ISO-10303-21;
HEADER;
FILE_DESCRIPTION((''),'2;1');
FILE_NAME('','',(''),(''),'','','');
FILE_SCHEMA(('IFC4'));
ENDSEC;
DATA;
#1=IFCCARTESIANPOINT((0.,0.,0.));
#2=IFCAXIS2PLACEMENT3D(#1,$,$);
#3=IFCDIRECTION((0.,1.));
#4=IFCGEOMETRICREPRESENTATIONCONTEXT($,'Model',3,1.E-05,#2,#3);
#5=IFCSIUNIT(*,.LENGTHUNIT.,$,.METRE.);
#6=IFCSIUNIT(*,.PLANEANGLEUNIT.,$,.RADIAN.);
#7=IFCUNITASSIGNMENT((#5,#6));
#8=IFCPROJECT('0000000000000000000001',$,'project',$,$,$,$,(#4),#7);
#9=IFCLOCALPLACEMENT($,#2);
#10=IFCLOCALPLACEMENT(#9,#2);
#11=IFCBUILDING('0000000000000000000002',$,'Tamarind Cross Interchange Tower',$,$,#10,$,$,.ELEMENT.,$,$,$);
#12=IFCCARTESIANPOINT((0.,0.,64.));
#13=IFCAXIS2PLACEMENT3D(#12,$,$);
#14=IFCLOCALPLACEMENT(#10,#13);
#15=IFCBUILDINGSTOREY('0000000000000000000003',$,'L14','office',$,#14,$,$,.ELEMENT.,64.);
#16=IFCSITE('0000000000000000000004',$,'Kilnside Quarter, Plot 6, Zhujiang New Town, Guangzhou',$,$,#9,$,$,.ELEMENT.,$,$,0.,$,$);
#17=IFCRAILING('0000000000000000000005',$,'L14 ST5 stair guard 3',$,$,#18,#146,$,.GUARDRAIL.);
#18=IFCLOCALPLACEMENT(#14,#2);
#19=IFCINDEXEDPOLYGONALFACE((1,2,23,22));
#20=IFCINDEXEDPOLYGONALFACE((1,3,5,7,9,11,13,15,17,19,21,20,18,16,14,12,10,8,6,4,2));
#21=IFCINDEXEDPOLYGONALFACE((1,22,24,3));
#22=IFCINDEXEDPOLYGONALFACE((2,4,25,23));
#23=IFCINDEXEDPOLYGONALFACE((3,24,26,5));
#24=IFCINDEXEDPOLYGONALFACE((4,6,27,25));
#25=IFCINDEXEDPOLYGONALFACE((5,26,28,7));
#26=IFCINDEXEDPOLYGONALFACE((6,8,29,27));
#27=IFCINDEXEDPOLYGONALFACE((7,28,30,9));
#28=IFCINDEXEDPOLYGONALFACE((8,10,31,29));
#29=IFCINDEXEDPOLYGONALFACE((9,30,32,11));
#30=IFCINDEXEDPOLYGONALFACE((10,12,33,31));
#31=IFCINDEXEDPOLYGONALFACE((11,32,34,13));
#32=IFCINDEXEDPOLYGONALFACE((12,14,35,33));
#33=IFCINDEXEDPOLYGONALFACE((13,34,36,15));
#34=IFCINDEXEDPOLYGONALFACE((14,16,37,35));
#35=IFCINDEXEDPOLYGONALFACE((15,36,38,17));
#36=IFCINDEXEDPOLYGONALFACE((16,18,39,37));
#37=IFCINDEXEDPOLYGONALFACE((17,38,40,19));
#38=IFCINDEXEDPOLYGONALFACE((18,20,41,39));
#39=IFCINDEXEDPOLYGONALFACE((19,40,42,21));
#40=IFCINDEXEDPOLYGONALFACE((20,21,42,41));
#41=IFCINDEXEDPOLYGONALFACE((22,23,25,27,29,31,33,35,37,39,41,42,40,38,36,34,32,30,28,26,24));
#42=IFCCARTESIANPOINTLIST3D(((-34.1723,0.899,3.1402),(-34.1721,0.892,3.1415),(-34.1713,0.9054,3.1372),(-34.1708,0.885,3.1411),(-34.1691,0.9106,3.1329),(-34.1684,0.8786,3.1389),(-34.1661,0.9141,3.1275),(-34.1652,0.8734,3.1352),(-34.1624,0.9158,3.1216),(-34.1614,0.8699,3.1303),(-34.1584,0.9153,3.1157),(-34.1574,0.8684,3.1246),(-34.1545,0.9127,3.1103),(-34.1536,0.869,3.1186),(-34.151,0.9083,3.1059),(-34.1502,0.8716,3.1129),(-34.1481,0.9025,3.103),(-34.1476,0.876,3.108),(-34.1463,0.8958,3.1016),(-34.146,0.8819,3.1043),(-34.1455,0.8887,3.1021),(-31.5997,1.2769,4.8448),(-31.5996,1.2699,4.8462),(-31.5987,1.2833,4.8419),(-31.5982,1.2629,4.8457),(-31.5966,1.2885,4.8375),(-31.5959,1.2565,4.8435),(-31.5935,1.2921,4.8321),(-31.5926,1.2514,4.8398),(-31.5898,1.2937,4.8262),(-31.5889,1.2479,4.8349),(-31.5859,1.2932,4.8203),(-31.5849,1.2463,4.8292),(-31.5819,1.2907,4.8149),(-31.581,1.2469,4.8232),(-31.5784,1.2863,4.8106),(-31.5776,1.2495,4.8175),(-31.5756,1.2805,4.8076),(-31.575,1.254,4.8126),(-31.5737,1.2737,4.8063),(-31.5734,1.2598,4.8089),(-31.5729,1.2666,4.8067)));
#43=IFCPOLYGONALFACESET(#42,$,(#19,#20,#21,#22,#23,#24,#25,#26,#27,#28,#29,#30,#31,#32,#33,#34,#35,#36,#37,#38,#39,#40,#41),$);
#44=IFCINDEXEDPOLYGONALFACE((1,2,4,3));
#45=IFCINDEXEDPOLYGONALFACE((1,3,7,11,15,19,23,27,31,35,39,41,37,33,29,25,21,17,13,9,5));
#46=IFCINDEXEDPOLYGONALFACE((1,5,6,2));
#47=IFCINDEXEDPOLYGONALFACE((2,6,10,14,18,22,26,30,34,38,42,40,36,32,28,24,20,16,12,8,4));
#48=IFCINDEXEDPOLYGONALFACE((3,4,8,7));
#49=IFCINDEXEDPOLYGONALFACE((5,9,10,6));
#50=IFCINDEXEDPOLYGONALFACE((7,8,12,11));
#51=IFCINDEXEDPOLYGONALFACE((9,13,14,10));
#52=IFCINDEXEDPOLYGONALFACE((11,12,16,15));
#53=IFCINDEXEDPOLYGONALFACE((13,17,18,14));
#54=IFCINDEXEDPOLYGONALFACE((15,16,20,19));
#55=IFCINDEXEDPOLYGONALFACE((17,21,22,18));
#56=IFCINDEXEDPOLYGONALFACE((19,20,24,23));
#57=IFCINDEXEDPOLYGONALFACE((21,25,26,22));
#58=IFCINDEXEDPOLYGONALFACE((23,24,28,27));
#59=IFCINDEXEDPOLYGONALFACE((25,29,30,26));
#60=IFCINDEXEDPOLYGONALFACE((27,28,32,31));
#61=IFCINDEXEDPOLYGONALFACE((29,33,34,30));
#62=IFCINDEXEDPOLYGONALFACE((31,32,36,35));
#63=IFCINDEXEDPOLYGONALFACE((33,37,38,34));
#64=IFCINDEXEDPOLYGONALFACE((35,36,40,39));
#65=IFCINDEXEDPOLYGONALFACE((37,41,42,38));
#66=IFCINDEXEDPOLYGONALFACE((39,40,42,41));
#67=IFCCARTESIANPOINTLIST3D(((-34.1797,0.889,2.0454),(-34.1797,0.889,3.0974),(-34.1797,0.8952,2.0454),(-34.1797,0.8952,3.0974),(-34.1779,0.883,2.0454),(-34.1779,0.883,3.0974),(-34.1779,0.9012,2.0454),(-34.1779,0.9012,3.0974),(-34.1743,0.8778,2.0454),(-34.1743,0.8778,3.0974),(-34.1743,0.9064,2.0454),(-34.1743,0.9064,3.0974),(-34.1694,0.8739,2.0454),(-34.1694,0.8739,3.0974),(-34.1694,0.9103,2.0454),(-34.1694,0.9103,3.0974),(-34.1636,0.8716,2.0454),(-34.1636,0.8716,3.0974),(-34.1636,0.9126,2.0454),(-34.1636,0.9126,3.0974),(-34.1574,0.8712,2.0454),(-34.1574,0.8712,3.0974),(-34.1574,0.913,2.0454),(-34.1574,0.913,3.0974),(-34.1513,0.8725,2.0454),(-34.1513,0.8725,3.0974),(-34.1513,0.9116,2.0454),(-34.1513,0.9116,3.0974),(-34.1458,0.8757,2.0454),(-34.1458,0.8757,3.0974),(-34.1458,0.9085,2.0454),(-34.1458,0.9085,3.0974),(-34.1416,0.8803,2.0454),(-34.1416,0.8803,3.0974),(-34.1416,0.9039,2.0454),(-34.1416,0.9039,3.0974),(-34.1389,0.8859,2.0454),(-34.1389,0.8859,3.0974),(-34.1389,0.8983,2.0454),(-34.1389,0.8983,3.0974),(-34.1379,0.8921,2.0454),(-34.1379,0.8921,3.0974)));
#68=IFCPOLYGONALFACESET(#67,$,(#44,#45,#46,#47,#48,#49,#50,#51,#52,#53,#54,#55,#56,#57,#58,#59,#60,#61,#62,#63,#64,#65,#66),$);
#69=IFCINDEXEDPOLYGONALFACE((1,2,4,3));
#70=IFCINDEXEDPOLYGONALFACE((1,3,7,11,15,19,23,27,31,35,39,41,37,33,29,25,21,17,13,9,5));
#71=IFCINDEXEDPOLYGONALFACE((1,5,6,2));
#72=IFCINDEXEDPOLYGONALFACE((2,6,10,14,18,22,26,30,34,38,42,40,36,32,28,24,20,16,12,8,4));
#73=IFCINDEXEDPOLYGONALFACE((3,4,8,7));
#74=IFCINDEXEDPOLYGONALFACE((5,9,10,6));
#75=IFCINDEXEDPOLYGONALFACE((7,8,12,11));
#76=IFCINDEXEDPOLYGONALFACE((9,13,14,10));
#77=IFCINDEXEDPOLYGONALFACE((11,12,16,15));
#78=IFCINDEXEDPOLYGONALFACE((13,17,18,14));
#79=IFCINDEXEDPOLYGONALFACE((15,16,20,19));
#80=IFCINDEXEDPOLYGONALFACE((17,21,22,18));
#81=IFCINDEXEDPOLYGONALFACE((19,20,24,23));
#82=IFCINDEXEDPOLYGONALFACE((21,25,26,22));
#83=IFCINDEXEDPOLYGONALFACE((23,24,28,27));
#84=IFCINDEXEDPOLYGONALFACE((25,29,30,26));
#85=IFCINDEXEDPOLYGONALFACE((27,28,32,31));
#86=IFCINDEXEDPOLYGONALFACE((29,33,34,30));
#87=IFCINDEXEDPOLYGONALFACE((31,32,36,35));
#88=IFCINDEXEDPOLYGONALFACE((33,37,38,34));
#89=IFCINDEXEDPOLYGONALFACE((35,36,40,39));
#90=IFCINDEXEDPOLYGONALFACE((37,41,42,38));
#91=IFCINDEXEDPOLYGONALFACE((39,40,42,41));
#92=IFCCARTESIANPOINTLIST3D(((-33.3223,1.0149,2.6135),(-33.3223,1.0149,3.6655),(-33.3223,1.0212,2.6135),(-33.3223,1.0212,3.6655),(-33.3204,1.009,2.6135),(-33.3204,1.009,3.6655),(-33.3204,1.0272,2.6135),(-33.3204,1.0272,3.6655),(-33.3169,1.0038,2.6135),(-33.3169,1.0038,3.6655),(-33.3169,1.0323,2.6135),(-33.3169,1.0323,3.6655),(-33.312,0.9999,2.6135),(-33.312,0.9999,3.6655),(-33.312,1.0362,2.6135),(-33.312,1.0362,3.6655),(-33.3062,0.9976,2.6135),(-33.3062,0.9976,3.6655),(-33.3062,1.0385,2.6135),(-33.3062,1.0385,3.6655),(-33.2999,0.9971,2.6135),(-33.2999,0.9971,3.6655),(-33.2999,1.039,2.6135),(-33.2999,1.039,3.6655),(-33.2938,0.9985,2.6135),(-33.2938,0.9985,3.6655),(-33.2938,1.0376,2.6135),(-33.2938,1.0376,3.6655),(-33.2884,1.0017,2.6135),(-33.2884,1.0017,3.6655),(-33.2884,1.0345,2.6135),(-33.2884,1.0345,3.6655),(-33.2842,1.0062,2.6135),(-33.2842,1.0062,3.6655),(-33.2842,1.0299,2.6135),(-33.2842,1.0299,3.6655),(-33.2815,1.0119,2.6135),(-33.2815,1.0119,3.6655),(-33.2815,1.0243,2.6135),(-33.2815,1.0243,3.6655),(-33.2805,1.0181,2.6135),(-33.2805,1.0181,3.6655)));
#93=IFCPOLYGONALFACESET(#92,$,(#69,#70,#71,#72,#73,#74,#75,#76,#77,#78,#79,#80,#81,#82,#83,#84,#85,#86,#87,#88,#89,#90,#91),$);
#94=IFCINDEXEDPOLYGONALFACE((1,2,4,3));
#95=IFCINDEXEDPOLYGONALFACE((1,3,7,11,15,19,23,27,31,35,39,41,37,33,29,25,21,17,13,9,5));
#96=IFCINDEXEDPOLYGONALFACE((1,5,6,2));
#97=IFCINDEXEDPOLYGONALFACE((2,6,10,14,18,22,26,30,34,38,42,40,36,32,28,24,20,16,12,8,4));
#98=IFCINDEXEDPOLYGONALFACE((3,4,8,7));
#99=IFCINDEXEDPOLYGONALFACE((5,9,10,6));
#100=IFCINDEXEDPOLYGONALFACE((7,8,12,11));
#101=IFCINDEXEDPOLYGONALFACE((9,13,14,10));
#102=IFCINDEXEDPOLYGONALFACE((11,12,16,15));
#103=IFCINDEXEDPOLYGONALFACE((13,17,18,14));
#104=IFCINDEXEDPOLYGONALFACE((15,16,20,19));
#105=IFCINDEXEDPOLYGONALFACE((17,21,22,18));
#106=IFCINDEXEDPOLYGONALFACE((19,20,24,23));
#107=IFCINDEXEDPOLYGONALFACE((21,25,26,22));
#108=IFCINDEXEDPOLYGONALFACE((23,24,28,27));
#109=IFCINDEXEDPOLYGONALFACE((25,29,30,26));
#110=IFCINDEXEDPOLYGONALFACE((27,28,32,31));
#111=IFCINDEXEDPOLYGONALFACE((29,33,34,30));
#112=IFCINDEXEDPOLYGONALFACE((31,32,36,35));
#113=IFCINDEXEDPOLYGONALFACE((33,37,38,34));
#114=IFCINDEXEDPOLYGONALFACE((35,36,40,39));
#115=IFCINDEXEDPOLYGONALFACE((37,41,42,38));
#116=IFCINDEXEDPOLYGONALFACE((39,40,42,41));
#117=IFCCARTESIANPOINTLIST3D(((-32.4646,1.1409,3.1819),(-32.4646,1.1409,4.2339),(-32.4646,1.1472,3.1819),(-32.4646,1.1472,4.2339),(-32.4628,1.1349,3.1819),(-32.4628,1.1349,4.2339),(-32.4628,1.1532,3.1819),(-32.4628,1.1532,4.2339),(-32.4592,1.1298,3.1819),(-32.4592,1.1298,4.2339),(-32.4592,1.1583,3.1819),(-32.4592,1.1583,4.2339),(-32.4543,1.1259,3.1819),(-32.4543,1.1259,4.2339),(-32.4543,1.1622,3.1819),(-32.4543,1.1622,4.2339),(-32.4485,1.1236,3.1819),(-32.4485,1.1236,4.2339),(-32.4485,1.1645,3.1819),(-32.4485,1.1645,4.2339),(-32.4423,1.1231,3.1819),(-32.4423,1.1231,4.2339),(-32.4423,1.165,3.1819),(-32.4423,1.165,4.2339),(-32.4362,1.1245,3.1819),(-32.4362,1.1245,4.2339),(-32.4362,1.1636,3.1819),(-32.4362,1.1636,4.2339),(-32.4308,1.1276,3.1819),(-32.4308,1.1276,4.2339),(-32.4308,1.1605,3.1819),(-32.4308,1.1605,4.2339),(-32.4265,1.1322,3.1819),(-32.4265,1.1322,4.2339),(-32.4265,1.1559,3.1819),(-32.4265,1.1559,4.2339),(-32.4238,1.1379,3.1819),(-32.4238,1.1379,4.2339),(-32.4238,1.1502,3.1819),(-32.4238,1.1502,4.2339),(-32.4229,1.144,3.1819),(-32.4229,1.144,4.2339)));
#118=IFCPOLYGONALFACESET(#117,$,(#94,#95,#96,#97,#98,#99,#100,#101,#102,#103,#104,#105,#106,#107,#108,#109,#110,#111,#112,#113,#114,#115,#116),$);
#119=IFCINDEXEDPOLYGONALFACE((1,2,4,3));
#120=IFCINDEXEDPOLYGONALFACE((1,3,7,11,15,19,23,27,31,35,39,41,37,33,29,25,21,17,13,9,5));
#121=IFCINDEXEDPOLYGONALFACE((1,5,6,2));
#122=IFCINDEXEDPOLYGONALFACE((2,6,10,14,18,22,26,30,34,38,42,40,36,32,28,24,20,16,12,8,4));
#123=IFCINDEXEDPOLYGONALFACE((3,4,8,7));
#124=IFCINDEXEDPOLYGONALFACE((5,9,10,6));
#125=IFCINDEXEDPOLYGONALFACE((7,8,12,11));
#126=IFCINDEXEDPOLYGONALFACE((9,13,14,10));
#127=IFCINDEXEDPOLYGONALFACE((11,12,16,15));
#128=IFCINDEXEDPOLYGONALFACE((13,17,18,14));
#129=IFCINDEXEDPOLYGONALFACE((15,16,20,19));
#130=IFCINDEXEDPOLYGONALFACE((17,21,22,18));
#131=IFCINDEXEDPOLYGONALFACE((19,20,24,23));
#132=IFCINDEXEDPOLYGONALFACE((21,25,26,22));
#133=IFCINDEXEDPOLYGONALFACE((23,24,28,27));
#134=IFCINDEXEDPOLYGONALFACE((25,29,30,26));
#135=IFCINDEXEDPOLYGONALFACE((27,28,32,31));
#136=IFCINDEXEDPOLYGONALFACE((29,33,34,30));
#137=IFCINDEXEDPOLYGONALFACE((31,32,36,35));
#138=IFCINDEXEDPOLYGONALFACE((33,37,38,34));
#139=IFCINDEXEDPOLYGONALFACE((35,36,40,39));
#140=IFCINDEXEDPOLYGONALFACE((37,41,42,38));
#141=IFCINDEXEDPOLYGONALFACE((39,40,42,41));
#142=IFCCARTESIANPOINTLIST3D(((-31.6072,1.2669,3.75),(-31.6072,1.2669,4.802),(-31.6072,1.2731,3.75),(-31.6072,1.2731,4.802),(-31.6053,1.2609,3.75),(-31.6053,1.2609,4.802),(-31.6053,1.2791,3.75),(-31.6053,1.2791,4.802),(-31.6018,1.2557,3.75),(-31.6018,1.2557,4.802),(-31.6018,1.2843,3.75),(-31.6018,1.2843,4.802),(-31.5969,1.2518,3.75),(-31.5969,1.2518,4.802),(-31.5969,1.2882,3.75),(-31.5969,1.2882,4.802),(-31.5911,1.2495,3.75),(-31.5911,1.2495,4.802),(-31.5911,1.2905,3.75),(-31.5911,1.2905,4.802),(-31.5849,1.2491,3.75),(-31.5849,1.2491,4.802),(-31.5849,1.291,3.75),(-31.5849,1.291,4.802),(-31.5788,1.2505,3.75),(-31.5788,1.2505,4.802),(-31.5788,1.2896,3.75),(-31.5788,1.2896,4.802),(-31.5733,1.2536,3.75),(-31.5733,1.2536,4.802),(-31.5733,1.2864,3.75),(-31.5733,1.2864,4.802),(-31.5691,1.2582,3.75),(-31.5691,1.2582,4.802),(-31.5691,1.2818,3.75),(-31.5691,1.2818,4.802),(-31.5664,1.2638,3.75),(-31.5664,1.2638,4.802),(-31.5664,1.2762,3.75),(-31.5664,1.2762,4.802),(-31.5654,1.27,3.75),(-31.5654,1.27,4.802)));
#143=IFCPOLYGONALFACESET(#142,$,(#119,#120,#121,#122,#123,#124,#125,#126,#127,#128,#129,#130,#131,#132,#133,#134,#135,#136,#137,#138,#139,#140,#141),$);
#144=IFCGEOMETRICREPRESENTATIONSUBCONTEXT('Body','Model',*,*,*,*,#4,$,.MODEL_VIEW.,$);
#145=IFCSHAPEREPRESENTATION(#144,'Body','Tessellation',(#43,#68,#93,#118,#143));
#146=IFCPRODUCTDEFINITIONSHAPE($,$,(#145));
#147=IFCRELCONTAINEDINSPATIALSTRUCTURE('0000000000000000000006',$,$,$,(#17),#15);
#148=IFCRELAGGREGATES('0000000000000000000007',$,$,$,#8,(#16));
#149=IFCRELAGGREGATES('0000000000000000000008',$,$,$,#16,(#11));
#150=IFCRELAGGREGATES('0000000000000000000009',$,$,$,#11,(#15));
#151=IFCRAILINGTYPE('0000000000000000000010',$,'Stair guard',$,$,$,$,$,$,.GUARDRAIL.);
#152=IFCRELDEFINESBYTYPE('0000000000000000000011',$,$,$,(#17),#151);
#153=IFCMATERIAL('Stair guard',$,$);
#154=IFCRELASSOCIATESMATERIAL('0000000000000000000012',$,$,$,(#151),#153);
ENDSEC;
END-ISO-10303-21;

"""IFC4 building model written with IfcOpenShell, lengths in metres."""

from ifc_helpers import new_model, si_unit, direction, frame, origin, origin_2d, place, context, subcontext, project, spatial, circle, extrude, material, type_object, element, save


model = new_model("IFC4")

# Units and contexts
model_context = context("Model", 3, precision=1e-05, world=origin(), true_north=direction((0.0, 1.0)))
body_context = subcontext(model_context, "Body", "Model", "MODEL_VIEW")
ifc_project = project(units=[si_unit("LENGTHUNIT", "METRE"), si_unit("PLANEANGLEUNIT", "RADIAN")], contexts=[model_context])

# Site, building, storey
site_placement = place(None, origin())
site = spatial("IfcSite", under=ifc_project, at=site_placement, Name="Kilnside Quarter, Plot 6, Zhujiang New Town, Guangzhou", CompositionType="ELEMENT", RefElevation=0.0)
building_placement = place(site_placement, origin())
building = spatial("IfcBuilding", under=site, at=building_placement, Name="Tamarind Cross Interchange Tower", CompositionType="ELEMENT")
storey_placement = place(building_placement, frame((0.0, 0.0, 64.0)))
storey = spatial("IfcBuildingStorey", under=building, at=storey_placement, Name="L14", Description="office", CompositionType="ELEMENT", Elevation=64.0)

# Railing
ifc_material_1 = material(Name="Stair guard")
railing_type_1 = type_object("IfcRailingType", Name="Stair guard", PredefinedType="GUARDRAIL", material=ifc_material_1)
railing_1_placement = place(storey_placement, frame((-34.1589, 0.8921, 2.0454)))
element("IfcRailing", 1, at=railing_1_placement, inside=storey, type_object=railing_type_1, Name="L14 ST5 stair guard 3", PredefinedType="GUARDRAIL", context=body_context, shape_type="SweptSolid", body=[
    extrude(circle(Radius=0.0239, at=origin_2d()), frame((0.0, 0.0, 1.0762), z_axis=(0.827423, 0.121557, 0.548265), x_axis=(-0.145351, 0.98938, 0.0)), (0.0, 0.0, 1.0), 3.1091),
    extrude(circle(Radius=0.021, at=origin_2d()), origin(), (0.0, 0.0, 1.0), 1.052),
    extrude(circle(Radius=0.021, at=origin_2d()), frame((0.8574, 0.126, 0.5681)), (0.0, 0.0, 1.0), 1.052),
    extrude(circle(Radius=0.021, at=origin_2d()), frame((1.7151, 0.252, 1.1365)), (0.0, 0.0, 1.0), 1.052),
    extrude(circle(Radius=0.021, at=origin_2d()), frame((2.5725, 0.3779, 1.7046)), (0.0, 0.0, 1.0), 1.052),
])

save(model, "model.ifc")
